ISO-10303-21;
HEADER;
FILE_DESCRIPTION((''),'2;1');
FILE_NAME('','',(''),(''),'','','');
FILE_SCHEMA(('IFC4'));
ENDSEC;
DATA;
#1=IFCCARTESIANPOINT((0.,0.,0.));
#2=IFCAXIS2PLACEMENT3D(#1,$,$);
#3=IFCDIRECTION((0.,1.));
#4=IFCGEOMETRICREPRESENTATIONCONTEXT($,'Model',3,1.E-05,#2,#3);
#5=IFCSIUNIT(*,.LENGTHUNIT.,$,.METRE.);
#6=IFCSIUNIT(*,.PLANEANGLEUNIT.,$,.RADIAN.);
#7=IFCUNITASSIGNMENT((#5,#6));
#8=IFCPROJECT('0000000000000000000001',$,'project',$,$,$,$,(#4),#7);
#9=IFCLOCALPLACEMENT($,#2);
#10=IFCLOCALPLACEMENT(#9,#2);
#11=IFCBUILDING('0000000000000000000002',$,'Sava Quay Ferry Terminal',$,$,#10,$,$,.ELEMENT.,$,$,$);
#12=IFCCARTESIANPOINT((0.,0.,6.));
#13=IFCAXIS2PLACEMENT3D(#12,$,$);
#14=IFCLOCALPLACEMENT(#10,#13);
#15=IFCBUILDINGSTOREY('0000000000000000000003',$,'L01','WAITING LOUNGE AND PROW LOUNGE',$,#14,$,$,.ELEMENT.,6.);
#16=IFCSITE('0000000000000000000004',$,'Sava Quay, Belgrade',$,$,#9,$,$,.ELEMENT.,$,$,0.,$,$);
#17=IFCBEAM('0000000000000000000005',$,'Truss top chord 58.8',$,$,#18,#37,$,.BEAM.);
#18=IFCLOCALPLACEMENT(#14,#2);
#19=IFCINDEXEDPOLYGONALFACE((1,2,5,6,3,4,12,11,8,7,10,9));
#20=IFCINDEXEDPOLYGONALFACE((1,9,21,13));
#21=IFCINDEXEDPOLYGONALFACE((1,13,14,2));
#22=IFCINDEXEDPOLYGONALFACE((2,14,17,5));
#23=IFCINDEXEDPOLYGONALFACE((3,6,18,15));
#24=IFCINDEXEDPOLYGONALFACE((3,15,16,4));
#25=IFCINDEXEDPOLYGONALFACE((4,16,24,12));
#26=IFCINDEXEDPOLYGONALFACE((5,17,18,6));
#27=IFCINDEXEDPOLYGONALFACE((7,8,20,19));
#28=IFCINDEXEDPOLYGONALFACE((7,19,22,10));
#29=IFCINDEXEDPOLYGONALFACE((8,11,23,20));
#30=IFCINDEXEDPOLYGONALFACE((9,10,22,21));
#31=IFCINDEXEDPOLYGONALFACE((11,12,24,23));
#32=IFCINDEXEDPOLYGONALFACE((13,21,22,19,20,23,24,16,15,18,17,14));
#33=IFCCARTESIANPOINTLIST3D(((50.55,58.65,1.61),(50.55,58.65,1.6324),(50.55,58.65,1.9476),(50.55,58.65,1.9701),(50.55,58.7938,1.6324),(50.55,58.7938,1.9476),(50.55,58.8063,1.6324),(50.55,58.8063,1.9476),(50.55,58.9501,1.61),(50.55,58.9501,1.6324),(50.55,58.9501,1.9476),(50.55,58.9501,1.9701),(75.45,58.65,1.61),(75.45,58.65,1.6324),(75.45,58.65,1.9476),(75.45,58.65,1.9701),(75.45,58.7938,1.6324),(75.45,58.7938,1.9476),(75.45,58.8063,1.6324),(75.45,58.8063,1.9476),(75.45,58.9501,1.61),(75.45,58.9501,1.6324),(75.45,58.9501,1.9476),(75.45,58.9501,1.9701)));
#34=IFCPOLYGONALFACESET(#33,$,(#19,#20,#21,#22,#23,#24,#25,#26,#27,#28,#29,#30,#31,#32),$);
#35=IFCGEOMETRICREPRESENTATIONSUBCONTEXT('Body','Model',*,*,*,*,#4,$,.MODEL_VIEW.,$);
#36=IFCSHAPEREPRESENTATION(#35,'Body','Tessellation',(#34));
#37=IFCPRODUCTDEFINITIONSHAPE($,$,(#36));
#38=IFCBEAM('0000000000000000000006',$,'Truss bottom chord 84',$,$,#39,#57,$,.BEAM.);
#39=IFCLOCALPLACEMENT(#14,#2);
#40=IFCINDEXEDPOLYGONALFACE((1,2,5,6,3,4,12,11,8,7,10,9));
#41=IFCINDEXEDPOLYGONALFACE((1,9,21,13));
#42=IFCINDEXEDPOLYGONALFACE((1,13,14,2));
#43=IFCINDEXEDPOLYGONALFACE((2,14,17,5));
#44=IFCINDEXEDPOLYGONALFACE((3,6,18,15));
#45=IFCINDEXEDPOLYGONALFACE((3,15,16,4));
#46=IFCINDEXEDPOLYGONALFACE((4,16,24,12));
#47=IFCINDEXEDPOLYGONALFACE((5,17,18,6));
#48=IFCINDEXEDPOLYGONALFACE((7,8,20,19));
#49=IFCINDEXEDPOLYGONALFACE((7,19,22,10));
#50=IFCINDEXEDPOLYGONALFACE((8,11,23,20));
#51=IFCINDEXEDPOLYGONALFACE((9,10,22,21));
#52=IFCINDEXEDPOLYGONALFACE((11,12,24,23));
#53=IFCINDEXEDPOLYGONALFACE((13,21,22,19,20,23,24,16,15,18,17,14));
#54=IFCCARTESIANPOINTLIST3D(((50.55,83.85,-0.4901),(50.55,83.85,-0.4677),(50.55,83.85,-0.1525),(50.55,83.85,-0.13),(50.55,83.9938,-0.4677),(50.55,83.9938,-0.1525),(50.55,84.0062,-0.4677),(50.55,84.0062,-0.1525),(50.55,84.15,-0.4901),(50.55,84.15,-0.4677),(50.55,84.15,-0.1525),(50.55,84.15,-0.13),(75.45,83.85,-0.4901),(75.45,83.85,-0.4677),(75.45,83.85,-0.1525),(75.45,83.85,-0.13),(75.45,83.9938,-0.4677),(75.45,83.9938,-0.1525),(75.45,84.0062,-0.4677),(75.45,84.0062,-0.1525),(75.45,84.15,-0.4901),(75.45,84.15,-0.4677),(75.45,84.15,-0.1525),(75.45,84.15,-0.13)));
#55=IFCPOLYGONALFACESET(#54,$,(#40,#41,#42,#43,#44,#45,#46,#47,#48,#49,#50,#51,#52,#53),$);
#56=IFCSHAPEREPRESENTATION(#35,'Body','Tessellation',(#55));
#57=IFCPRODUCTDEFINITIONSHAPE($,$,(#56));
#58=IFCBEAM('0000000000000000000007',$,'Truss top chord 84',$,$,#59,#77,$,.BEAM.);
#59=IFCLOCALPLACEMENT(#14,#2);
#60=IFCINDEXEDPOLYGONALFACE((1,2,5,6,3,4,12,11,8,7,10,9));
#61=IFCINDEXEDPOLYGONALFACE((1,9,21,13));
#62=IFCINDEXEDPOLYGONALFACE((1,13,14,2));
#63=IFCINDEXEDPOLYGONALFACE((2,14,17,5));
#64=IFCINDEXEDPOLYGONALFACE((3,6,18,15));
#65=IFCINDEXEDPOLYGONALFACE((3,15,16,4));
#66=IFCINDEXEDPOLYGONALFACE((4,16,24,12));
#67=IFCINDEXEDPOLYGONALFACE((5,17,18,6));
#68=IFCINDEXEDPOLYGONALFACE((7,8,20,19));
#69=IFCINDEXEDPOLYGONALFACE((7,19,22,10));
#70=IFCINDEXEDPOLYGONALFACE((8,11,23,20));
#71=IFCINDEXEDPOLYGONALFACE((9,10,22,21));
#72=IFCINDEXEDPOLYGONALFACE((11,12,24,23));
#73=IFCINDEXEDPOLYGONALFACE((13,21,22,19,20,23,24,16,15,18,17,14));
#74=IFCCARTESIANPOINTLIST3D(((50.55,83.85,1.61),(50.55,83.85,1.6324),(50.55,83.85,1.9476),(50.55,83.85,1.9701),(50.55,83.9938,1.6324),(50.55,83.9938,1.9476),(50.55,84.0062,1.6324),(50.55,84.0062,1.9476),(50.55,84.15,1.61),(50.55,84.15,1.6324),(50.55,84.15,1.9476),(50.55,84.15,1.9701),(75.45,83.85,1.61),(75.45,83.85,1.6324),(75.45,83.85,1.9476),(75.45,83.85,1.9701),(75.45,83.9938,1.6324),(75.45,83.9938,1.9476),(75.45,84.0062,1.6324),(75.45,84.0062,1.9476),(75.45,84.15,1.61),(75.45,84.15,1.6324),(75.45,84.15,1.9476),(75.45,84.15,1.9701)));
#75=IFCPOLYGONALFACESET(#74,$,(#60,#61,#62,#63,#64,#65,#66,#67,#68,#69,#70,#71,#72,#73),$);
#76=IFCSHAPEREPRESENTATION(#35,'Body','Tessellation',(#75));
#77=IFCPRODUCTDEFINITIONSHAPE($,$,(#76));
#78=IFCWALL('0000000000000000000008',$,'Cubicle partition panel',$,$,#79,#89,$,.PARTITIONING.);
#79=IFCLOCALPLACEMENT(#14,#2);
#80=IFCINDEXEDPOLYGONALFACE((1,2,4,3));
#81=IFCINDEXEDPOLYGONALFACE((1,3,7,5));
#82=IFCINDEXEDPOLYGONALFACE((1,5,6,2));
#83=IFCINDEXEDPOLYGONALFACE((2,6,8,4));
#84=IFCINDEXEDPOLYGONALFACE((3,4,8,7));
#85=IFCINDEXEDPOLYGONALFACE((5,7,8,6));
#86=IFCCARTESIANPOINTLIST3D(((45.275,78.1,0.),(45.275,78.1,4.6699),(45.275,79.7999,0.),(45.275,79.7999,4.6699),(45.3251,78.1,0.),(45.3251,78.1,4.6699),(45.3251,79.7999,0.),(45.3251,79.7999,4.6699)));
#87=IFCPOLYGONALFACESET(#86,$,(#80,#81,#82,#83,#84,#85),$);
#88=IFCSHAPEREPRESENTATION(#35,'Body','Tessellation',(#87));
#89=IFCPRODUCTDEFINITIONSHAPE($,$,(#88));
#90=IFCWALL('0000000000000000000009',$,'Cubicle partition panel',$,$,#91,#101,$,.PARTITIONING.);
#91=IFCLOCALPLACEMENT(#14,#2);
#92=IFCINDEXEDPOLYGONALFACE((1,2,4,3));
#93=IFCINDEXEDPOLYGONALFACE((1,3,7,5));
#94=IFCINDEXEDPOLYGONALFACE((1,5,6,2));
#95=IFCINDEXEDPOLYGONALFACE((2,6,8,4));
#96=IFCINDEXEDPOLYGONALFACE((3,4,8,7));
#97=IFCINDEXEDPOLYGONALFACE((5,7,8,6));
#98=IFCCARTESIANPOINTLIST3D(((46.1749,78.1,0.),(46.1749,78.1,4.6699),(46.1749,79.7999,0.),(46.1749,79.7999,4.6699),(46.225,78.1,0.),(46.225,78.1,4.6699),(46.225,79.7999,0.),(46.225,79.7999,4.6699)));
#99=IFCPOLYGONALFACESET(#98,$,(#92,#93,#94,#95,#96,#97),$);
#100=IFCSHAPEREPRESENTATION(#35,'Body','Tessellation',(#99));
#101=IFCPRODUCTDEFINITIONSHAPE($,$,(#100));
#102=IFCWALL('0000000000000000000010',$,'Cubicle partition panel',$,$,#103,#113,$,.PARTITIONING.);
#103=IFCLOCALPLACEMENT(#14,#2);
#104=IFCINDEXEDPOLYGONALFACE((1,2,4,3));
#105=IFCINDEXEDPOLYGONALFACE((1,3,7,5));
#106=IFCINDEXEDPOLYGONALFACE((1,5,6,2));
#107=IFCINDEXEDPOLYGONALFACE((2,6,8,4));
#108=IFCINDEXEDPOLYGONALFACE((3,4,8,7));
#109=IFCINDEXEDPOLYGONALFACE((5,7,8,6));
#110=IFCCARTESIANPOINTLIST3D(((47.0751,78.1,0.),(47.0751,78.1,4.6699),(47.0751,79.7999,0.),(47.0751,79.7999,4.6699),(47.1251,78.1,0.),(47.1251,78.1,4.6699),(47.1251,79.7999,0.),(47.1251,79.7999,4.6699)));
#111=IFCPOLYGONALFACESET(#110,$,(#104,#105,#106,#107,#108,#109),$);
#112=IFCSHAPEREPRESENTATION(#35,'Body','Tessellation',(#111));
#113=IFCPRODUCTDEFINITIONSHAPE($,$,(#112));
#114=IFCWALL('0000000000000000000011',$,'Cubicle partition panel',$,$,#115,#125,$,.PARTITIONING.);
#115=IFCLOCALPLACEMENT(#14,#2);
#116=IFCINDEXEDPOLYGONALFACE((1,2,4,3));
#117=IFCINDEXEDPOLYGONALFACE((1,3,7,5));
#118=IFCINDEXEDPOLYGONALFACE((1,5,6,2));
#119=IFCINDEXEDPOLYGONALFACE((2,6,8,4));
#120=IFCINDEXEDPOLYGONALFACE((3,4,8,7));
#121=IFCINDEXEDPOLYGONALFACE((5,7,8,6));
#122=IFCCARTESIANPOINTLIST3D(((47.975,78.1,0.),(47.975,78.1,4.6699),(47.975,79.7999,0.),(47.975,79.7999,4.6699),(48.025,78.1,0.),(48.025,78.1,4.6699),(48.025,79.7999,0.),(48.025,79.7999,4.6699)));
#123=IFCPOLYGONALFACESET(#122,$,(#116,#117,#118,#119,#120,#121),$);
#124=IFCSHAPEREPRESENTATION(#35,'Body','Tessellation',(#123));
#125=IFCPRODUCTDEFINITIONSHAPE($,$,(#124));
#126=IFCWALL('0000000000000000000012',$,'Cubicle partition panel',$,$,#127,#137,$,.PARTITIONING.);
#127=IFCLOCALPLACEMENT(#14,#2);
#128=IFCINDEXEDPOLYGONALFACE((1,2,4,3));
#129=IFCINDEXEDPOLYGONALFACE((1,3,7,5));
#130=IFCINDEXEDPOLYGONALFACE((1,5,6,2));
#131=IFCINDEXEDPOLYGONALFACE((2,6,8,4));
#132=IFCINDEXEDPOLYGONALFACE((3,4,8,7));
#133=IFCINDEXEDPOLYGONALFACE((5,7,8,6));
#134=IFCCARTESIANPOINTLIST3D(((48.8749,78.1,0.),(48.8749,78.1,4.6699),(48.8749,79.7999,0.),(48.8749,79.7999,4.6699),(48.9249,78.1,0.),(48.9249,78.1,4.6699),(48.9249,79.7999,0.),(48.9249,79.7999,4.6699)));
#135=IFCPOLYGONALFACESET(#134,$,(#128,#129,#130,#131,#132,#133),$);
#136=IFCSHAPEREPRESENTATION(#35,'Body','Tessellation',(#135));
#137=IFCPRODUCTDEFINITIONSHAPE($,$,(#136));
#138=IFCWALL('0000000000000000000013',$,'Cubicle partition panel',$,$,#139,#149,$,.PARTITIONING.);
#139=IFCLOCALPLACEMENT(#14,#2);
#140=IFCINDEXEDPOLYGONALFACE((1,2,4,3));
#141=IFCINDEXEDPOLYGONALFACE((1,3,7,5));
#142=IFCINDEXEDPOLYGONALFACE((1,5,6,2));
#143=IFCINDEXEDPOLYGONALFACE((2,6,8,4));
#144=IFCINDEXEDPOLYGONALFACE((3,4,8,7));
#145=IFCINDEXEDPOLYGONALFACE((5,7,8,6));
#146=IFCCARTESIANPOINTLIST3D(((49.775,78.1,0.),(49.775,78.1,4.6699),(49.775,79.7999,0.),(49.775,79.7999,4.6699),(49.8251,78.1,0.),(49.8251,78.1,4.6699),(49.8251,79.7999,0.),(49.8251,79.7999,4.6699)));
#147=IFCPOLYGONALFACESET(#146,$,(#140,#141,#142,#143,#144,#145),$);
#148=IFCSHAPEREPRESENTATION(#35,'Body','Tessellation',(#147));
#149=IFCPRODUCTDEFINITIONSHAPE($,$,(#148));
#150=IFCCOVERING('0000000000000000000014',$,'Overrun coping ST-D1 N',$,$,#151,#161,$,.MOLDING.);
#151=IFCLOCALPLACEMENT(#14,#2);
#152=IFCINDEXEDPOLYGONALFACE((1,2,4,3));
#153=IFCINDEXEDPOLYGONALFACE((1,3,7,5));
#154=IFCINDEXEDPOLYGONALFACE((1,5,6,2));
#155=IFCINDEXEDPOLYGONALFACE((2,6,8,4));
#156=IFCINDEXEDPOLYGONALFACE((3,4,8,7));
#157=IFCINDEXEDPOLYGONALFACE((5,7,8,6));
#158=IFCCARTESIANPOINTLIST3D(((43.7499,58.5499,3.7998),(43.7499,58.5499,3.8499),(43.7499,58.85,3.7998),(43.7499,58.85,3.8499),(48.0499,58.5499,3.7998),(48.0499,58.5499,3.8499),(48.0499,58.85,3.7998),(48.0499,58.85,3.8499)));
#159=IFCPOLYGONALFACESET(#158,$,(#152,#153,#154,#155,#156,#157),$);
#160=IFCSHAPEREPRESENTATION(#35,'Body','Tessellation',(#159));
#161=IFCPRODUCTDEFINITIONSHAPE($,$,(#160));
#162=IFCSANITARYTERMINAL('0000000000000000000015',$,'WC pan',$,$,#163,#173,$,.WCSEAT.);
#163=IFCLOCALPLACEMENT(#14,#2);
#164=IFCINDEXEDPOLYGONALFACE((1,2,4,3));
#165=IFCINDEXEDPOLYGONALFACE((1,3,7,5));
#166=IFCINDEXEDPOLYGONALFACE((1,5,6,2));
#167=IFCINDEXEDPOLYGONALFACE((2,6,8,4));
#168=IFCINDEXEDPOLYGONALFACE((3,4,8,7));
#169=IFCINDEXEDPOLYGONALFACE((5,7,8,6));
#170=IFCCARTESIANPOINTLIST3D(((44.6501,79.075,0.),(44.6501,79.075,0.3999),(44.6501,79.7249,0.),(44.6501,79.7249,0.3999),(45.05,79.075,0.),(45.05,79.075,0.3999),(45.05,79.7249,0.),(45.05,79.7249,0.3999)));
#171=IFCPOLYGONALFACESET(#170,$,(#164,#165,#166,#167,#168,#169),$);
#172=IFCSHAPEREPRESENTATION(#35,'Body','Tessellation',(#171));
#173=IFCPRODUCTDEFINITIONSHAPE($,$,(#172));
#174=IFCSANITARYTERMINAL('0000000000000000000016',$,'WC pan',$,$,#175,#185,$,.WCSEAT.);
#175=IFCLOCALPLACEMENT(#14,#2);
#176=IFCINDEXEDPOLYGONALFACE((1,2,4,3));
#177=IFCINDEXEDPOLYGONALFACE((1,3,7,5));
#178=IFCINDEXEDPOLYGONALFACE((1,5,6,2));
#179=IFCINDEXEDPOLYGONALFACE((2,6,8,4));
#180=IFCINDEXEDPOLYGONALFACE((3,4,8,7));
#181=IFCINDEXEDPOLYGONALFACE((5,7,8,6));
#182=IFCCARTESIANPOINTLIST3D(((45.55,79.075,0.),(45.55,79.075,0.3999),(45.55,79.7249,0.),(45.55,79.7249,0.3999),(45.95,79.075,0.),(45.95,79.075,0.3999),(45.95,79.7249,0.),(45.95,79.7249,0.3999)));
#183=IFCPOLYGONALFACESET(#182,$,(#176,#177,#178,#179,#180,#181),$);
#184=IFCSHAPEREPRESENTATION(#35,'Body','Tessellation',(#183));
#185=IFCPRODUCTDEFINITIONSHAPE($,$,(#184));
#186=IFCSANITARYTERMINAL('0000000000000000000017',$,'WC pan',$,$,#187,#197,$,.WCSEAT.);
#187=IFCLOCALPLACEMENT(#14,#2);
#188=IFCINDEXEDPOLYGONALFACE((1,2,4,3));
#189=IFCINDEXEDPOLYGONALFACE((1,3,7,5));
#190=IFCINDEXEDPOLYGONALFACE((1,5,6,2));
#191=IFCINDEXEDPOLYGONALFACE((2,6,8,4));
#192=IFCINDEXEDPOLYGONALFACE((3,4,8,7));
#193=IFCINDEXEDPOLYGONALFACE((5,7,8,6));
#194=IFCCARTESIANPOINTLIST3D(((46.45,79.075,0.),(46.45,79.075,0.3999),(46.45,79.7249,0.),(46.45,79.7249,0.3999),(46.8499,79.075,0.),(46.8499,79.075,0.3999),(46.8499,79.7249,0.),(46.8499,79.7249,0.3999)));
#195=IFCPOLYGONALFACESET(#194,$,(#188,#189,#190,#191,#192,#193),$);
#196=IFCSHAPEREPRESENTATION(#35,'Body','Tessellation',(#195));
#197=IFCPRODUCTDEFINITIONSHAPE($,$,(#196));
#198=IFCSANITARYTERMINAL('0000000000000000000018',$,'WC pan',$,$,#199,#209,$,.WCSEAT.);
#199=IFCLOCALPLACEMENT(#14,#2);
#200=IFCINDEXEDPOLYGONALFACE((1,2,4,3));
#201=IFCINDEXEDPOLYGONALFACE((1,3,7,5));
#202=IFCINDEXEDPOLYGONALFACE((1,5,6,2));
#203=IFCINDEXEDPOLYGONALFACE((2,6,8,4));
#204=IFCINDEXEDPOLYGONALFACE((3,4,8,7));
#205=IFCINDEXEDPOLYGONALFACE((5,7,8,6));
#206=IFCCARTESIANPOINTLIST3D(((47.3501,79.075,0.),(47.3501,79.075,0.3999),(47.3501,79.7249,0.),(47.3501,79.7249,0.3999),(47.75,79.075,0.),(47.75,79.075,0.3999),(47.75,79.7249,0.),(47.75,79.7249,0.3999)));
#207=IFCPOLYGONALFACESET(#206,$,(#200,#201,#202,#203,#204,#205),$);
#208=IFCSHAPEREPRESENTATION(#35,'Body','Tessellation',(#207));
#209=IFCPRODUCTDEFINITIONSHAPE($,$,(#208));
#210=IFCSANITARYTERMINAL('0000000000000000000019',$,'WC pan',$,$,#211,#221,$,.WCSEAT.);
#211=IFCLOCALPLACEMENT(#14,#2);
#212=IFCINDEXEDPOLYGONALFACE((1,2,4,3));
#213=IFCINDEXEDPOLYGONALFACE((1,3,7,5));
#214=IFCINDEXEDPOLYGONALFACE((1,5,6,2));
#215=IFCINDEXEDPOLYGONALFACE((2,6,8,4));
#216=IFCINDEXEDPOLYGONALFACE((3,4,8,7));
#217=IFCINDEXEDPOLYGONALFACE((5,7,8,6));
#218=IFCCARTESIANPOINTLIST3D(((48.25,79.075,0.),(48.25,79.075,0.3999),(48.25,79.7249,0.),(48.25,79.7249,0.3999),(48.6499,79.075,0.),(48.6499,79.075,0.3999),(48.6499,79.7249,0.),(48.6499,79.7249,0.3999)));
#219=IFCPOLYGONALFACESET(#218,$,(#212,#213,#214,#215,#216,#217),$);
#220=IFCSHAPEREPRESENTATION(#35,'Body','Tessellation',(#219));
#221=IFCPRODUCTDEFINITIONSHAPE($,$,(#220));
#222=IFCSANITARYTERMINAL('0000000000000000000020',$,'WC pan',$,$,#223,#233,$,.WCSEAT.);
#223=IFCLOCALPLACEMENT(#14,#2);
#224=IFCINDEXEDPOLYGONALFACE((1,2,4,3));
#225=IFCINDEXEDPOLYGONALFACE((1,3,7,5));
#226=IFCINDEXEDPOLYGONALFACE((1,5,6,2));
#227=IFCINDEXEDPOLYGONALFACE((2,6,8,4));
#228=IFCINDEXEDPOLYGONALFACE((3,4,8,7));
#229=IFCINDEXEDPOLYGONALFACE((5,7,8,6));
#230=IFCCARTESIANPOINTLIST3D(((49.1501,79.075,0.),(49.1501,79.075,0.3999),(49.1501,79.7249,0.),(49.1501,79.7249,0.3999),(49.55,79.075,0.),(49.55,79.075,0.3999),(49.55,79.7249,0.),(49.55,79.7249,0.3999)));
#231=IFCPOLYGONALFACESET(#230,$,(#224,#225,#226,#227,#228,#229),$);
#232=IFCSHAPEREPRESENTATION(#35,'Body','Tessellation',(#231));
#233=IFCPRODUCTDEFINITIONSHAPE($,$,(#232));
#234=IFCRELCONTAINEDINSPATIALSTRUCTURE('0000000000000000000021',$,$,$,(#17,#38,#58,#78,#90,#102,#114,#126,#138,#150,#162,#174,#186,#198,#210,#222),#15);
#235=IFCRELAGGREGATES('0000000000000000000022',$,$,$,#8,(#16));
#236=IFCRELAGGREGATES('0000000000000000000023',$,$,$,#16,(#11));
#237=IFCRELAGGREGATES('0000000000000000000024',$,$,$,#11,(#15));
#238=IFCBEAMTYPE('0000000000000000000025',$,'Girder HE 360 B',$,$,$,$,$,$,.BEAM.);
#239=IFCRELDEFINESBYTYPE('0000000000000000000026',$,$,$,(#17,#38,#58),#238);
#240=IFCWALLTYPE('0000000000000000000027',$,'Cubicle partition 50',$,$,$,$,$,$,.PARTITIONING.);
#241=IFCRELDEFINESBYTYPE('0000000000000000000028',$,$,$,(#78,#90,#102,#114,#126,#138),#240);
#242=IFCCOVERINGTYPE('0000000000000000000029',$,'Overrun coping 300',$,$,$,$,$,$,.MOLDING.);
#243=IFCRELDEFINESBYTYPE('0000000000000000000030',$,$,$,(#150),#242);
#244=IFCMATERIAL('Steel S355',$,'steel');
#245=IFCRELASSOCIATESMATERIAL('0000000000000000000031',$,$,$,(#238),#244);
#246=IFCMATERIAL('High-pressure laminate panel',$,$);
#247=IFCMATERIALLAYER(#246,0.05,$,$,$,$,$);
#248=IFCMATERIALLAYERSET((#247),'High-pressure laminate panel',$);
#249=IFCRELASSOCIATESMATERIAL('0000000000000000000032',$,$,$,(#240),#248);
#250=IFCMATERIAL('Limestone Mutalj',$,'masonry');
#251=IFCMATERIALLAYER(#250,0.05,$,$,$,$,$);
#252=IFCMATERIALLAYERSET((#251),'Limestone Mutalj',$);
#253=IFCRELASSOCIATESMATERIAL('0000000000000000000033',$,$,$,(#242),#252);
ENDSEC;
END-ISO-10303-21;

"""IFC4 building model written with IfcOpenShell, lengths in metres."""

from ifc_helpers import new_model, si_unit, direction, frame, frame_2d, origin, origin_2d, place, context, subcontext, project, spatial, rectangle, i_section, extrude, material, layer, layer_set, material_profile, profile_set, type_object, element, save


model = new_model("IFC4")

# Units and contexts
model_context = context("Model", 3, precision=1e-05, world=origin(), true_north=direction((0.0, 1.0)))
body_context = subcontext(model_context, "Body", "Model", "MODEL_VIEW")
ifc_project = project(units=[si_unit("LENGTHUNIT", "METRE"), si_unit("PLANEANGLEUNIT", "RADIAN")], contexts=[model_context])

# Site, building, storey
site_placement = place(None, origin())
site = spatial("IfcSite", under=ifc_project, at=site_placement, Name="Sava Quay, Belgrade", CompositionType="ELEMENT", RefElevation=0.0)
building_placement = place(site_placement, origin())
building = spatial("IfcBuilding", under=site, at=building_placement, Name="Sava Quay Ferry Terminal", CompositionType="ELEMENT")
storey_placement = place(building_placement, frame((0.0, 0.0, 6.0)))
storey = spatial("IfcBuildingStorey", under=building, at=storey_placement, Name="L01", Description="WAITING LOUNGE AND PROW LOUNGE", CompositionType="ELEMENT", Elevation=6.0)

# Beams
ifc_material_1 = material(Name="Steel S355", Category="steel")
ifc_material_profile_1 = material_profile(ifc_material_1, i_section(OverallWidth=0.3, OverallDepth=0.3601, WebThickness=0.0125, FlangeThickness=0.0225, at=origin_2d()), Name="HE 360 B")
ifc_profile_set_1 = profile_set([ifc_material_profile_1], Name="Steel S355")
beam_type_1 = type_object("IfcBeamType", Name="Girder HE 360 B", PredefinedType="BEAM", material=ifc_profile_set_1)
for number, where, z_axis, x_axis, name in (
    (1, (50.55, 58.8, 1.79), (1.0, 0.0, 0.0), (0.0, 1.0, 0.0), "Truss top chord 58.8"),
    (2, (50.55, 84.0, -0.3101), (1.0, 0.0, 0.0), (0.0, 1.0, 0.0), "Truss bottom chord 84"),
    (3, (50.55, 84.0, 1.79), (1.0, 0.0, 0.0), (0.0, 1.0, 0.0), "Truss top chord 84"),
):
    element("IfcBeam", number, at=place(storey_placement, frame(where, z_axis=z_axis, x_axis=x_axis)), inside=storey, type_object=beam_type_1, Name=name, PredefinedType="BEAM", context=body_context, shape_type="SweptSolid", body=[
        extrude(i_section(OverallWidth=0.3, OverallDepth=0.3601, WebThickness=0.0125, FlangeThickness=0.0225, at=origin_2d()), origin(), (0.0, 0.0, 1.0), 24.8999),
    ])

# Walls
ifc_material_2 = material(Name="High-pressure laminate panel")
ifc_layer_1 = layer(ifc_material_2, 0.05)
ifc_layer_set_1 = layer_set([ifc_layer_1], Name="High-pressure laminate panel")
wall_type = type_object("IfcWallType", Name="Cubicle partition 50", PredefinedType="PARTITIONING", material=ifc_layer_set_1)
for number, where, z_axis, x_axis, name in (
    (4, (45.3, 79.8, 0.0), (0.0, 0.0, 1.0), (0.0, -1.0, 0.0), "Cubicle partition panel"),
    (5, (46.2, 79.8, 0.0), (0.0, 0.0, 1.0), (0.0, -1.0, 0.0), "Cubicle partition panel"),
    (6, (47.1001, 79.8, 0.0), (0.0, 0.0, 1.0), (0.0, -1.0, 0.0), "Cubicle partition panel"),
    (7, (48.0, 79.8, 0.0), (0.0, 0.0, 1.0), (0.0, -1.0, 0.0), "Cubicle partition panel"),
    (8, (48.8999, 79.8, 0.0), (0.0, 0.0, 1.0), (0.0, -1.0, 0.0), "Cubicle partition panel"),
    (9, (49.8, 79.8, 0.0), (0.0, 0.0, 1.0), (0.0, -1.0, 0.0), "Cubicle partition panel"),
):
    element("IfcWall", number, at=place(storey_placement, frame(where, z_axis=z_axis, x_axis=x_axis)), inside=storey, type_object=wall_type, Name=name, PredefinedType="PARTITIONING", context=body_context, shape_type="SweptSolid", body=[
        extrude(rectangle(XDim=1.7, YDim=0.05, at=frame_2d((0.8501, 0.0))), origin(), (0.0, 0.0, 1.0), 4.6699),
    ])

# Covering
ifc_material_3 = material(Name="Limestone Mutalj", Category="masonry")
ifc_layer_2 = layer(ifc_material_3, 0.05)
ifc_layer_set_2 = layer_set([ifc_layer_2], Name="Limestone Mutalj")
covering_type = type_object("IfcCoveringType", Name="Overrun coping 300", PredefinedType="MOLDING", material=ifc_layer_set_2)
covering_placement = place(storey_placement, frame((45.8999, 58.7, 3.7998), z_axis=(0.0, 0.0, 1.0), x_axis=(1.0, 0.0, 0.0)))
element("IfcCovering", 10, at=covering_placement, inside=storey, type_object=covering_type, Name="Overrun coping ST-D1 N", PredefinedType="MOLDING", context=body_context, shape_type="SweptSolid", body=[
    extrude(rectangle(XDim=4.3, YDim=0.3, at=origin_2d()), origin(), (0.0, 0.0, 1.0), 0.05),
])

# Sanitary terminals
for number, where, z_axis, x_axis, name in (
    (11, (44.8501, 79.3999, 0.0), (0.0, 0.0, 1.0), (1.0, 0.0, 0.0), "WC pan"),
    (12, (45.75, 79.3999, 0.0), (0.0, 0.0, 1.0), (1.0, 0.0, 0.0), "WC pan"),
    (13, (46.6499, 79.3999, 0.0), (0.0, 0.0, 1.0), (1.0, 0.0, 0.0), "WC pan"),
    (14, (47.55, 79.3999, 0.0), (0.0, 0.0, 1.0), (1.0, 0.0, 0.0), "WC pan"),
    (15, (48.45, 79.3999, 0.0), (0.0, 0.0, 1.0), (1.0, 0.0, 0.0), "WC pan"),
    (16, (49.3501, 79.3999, 0.0), (0.0, 0.0, 1.0), (1.0, 0.0, 0.0), "WC pan"),
):
    element("IfcSanitaryTerminal", number, at=place(storey_placement, frame(where, z_axis=z_axis, x_axis=x_axis)), inside=storey, Name=name, PredefinedType="WCSEAT", context=body_context, shape_type="SweptSolid", body=[
        extrude(rectangle(XDim=0.3999, YDim=0.6499, at=origin_2d()), origin(), (0.0, 0.0, 1.0), 0.3999),
    ])

save(model, "model.ifc")
